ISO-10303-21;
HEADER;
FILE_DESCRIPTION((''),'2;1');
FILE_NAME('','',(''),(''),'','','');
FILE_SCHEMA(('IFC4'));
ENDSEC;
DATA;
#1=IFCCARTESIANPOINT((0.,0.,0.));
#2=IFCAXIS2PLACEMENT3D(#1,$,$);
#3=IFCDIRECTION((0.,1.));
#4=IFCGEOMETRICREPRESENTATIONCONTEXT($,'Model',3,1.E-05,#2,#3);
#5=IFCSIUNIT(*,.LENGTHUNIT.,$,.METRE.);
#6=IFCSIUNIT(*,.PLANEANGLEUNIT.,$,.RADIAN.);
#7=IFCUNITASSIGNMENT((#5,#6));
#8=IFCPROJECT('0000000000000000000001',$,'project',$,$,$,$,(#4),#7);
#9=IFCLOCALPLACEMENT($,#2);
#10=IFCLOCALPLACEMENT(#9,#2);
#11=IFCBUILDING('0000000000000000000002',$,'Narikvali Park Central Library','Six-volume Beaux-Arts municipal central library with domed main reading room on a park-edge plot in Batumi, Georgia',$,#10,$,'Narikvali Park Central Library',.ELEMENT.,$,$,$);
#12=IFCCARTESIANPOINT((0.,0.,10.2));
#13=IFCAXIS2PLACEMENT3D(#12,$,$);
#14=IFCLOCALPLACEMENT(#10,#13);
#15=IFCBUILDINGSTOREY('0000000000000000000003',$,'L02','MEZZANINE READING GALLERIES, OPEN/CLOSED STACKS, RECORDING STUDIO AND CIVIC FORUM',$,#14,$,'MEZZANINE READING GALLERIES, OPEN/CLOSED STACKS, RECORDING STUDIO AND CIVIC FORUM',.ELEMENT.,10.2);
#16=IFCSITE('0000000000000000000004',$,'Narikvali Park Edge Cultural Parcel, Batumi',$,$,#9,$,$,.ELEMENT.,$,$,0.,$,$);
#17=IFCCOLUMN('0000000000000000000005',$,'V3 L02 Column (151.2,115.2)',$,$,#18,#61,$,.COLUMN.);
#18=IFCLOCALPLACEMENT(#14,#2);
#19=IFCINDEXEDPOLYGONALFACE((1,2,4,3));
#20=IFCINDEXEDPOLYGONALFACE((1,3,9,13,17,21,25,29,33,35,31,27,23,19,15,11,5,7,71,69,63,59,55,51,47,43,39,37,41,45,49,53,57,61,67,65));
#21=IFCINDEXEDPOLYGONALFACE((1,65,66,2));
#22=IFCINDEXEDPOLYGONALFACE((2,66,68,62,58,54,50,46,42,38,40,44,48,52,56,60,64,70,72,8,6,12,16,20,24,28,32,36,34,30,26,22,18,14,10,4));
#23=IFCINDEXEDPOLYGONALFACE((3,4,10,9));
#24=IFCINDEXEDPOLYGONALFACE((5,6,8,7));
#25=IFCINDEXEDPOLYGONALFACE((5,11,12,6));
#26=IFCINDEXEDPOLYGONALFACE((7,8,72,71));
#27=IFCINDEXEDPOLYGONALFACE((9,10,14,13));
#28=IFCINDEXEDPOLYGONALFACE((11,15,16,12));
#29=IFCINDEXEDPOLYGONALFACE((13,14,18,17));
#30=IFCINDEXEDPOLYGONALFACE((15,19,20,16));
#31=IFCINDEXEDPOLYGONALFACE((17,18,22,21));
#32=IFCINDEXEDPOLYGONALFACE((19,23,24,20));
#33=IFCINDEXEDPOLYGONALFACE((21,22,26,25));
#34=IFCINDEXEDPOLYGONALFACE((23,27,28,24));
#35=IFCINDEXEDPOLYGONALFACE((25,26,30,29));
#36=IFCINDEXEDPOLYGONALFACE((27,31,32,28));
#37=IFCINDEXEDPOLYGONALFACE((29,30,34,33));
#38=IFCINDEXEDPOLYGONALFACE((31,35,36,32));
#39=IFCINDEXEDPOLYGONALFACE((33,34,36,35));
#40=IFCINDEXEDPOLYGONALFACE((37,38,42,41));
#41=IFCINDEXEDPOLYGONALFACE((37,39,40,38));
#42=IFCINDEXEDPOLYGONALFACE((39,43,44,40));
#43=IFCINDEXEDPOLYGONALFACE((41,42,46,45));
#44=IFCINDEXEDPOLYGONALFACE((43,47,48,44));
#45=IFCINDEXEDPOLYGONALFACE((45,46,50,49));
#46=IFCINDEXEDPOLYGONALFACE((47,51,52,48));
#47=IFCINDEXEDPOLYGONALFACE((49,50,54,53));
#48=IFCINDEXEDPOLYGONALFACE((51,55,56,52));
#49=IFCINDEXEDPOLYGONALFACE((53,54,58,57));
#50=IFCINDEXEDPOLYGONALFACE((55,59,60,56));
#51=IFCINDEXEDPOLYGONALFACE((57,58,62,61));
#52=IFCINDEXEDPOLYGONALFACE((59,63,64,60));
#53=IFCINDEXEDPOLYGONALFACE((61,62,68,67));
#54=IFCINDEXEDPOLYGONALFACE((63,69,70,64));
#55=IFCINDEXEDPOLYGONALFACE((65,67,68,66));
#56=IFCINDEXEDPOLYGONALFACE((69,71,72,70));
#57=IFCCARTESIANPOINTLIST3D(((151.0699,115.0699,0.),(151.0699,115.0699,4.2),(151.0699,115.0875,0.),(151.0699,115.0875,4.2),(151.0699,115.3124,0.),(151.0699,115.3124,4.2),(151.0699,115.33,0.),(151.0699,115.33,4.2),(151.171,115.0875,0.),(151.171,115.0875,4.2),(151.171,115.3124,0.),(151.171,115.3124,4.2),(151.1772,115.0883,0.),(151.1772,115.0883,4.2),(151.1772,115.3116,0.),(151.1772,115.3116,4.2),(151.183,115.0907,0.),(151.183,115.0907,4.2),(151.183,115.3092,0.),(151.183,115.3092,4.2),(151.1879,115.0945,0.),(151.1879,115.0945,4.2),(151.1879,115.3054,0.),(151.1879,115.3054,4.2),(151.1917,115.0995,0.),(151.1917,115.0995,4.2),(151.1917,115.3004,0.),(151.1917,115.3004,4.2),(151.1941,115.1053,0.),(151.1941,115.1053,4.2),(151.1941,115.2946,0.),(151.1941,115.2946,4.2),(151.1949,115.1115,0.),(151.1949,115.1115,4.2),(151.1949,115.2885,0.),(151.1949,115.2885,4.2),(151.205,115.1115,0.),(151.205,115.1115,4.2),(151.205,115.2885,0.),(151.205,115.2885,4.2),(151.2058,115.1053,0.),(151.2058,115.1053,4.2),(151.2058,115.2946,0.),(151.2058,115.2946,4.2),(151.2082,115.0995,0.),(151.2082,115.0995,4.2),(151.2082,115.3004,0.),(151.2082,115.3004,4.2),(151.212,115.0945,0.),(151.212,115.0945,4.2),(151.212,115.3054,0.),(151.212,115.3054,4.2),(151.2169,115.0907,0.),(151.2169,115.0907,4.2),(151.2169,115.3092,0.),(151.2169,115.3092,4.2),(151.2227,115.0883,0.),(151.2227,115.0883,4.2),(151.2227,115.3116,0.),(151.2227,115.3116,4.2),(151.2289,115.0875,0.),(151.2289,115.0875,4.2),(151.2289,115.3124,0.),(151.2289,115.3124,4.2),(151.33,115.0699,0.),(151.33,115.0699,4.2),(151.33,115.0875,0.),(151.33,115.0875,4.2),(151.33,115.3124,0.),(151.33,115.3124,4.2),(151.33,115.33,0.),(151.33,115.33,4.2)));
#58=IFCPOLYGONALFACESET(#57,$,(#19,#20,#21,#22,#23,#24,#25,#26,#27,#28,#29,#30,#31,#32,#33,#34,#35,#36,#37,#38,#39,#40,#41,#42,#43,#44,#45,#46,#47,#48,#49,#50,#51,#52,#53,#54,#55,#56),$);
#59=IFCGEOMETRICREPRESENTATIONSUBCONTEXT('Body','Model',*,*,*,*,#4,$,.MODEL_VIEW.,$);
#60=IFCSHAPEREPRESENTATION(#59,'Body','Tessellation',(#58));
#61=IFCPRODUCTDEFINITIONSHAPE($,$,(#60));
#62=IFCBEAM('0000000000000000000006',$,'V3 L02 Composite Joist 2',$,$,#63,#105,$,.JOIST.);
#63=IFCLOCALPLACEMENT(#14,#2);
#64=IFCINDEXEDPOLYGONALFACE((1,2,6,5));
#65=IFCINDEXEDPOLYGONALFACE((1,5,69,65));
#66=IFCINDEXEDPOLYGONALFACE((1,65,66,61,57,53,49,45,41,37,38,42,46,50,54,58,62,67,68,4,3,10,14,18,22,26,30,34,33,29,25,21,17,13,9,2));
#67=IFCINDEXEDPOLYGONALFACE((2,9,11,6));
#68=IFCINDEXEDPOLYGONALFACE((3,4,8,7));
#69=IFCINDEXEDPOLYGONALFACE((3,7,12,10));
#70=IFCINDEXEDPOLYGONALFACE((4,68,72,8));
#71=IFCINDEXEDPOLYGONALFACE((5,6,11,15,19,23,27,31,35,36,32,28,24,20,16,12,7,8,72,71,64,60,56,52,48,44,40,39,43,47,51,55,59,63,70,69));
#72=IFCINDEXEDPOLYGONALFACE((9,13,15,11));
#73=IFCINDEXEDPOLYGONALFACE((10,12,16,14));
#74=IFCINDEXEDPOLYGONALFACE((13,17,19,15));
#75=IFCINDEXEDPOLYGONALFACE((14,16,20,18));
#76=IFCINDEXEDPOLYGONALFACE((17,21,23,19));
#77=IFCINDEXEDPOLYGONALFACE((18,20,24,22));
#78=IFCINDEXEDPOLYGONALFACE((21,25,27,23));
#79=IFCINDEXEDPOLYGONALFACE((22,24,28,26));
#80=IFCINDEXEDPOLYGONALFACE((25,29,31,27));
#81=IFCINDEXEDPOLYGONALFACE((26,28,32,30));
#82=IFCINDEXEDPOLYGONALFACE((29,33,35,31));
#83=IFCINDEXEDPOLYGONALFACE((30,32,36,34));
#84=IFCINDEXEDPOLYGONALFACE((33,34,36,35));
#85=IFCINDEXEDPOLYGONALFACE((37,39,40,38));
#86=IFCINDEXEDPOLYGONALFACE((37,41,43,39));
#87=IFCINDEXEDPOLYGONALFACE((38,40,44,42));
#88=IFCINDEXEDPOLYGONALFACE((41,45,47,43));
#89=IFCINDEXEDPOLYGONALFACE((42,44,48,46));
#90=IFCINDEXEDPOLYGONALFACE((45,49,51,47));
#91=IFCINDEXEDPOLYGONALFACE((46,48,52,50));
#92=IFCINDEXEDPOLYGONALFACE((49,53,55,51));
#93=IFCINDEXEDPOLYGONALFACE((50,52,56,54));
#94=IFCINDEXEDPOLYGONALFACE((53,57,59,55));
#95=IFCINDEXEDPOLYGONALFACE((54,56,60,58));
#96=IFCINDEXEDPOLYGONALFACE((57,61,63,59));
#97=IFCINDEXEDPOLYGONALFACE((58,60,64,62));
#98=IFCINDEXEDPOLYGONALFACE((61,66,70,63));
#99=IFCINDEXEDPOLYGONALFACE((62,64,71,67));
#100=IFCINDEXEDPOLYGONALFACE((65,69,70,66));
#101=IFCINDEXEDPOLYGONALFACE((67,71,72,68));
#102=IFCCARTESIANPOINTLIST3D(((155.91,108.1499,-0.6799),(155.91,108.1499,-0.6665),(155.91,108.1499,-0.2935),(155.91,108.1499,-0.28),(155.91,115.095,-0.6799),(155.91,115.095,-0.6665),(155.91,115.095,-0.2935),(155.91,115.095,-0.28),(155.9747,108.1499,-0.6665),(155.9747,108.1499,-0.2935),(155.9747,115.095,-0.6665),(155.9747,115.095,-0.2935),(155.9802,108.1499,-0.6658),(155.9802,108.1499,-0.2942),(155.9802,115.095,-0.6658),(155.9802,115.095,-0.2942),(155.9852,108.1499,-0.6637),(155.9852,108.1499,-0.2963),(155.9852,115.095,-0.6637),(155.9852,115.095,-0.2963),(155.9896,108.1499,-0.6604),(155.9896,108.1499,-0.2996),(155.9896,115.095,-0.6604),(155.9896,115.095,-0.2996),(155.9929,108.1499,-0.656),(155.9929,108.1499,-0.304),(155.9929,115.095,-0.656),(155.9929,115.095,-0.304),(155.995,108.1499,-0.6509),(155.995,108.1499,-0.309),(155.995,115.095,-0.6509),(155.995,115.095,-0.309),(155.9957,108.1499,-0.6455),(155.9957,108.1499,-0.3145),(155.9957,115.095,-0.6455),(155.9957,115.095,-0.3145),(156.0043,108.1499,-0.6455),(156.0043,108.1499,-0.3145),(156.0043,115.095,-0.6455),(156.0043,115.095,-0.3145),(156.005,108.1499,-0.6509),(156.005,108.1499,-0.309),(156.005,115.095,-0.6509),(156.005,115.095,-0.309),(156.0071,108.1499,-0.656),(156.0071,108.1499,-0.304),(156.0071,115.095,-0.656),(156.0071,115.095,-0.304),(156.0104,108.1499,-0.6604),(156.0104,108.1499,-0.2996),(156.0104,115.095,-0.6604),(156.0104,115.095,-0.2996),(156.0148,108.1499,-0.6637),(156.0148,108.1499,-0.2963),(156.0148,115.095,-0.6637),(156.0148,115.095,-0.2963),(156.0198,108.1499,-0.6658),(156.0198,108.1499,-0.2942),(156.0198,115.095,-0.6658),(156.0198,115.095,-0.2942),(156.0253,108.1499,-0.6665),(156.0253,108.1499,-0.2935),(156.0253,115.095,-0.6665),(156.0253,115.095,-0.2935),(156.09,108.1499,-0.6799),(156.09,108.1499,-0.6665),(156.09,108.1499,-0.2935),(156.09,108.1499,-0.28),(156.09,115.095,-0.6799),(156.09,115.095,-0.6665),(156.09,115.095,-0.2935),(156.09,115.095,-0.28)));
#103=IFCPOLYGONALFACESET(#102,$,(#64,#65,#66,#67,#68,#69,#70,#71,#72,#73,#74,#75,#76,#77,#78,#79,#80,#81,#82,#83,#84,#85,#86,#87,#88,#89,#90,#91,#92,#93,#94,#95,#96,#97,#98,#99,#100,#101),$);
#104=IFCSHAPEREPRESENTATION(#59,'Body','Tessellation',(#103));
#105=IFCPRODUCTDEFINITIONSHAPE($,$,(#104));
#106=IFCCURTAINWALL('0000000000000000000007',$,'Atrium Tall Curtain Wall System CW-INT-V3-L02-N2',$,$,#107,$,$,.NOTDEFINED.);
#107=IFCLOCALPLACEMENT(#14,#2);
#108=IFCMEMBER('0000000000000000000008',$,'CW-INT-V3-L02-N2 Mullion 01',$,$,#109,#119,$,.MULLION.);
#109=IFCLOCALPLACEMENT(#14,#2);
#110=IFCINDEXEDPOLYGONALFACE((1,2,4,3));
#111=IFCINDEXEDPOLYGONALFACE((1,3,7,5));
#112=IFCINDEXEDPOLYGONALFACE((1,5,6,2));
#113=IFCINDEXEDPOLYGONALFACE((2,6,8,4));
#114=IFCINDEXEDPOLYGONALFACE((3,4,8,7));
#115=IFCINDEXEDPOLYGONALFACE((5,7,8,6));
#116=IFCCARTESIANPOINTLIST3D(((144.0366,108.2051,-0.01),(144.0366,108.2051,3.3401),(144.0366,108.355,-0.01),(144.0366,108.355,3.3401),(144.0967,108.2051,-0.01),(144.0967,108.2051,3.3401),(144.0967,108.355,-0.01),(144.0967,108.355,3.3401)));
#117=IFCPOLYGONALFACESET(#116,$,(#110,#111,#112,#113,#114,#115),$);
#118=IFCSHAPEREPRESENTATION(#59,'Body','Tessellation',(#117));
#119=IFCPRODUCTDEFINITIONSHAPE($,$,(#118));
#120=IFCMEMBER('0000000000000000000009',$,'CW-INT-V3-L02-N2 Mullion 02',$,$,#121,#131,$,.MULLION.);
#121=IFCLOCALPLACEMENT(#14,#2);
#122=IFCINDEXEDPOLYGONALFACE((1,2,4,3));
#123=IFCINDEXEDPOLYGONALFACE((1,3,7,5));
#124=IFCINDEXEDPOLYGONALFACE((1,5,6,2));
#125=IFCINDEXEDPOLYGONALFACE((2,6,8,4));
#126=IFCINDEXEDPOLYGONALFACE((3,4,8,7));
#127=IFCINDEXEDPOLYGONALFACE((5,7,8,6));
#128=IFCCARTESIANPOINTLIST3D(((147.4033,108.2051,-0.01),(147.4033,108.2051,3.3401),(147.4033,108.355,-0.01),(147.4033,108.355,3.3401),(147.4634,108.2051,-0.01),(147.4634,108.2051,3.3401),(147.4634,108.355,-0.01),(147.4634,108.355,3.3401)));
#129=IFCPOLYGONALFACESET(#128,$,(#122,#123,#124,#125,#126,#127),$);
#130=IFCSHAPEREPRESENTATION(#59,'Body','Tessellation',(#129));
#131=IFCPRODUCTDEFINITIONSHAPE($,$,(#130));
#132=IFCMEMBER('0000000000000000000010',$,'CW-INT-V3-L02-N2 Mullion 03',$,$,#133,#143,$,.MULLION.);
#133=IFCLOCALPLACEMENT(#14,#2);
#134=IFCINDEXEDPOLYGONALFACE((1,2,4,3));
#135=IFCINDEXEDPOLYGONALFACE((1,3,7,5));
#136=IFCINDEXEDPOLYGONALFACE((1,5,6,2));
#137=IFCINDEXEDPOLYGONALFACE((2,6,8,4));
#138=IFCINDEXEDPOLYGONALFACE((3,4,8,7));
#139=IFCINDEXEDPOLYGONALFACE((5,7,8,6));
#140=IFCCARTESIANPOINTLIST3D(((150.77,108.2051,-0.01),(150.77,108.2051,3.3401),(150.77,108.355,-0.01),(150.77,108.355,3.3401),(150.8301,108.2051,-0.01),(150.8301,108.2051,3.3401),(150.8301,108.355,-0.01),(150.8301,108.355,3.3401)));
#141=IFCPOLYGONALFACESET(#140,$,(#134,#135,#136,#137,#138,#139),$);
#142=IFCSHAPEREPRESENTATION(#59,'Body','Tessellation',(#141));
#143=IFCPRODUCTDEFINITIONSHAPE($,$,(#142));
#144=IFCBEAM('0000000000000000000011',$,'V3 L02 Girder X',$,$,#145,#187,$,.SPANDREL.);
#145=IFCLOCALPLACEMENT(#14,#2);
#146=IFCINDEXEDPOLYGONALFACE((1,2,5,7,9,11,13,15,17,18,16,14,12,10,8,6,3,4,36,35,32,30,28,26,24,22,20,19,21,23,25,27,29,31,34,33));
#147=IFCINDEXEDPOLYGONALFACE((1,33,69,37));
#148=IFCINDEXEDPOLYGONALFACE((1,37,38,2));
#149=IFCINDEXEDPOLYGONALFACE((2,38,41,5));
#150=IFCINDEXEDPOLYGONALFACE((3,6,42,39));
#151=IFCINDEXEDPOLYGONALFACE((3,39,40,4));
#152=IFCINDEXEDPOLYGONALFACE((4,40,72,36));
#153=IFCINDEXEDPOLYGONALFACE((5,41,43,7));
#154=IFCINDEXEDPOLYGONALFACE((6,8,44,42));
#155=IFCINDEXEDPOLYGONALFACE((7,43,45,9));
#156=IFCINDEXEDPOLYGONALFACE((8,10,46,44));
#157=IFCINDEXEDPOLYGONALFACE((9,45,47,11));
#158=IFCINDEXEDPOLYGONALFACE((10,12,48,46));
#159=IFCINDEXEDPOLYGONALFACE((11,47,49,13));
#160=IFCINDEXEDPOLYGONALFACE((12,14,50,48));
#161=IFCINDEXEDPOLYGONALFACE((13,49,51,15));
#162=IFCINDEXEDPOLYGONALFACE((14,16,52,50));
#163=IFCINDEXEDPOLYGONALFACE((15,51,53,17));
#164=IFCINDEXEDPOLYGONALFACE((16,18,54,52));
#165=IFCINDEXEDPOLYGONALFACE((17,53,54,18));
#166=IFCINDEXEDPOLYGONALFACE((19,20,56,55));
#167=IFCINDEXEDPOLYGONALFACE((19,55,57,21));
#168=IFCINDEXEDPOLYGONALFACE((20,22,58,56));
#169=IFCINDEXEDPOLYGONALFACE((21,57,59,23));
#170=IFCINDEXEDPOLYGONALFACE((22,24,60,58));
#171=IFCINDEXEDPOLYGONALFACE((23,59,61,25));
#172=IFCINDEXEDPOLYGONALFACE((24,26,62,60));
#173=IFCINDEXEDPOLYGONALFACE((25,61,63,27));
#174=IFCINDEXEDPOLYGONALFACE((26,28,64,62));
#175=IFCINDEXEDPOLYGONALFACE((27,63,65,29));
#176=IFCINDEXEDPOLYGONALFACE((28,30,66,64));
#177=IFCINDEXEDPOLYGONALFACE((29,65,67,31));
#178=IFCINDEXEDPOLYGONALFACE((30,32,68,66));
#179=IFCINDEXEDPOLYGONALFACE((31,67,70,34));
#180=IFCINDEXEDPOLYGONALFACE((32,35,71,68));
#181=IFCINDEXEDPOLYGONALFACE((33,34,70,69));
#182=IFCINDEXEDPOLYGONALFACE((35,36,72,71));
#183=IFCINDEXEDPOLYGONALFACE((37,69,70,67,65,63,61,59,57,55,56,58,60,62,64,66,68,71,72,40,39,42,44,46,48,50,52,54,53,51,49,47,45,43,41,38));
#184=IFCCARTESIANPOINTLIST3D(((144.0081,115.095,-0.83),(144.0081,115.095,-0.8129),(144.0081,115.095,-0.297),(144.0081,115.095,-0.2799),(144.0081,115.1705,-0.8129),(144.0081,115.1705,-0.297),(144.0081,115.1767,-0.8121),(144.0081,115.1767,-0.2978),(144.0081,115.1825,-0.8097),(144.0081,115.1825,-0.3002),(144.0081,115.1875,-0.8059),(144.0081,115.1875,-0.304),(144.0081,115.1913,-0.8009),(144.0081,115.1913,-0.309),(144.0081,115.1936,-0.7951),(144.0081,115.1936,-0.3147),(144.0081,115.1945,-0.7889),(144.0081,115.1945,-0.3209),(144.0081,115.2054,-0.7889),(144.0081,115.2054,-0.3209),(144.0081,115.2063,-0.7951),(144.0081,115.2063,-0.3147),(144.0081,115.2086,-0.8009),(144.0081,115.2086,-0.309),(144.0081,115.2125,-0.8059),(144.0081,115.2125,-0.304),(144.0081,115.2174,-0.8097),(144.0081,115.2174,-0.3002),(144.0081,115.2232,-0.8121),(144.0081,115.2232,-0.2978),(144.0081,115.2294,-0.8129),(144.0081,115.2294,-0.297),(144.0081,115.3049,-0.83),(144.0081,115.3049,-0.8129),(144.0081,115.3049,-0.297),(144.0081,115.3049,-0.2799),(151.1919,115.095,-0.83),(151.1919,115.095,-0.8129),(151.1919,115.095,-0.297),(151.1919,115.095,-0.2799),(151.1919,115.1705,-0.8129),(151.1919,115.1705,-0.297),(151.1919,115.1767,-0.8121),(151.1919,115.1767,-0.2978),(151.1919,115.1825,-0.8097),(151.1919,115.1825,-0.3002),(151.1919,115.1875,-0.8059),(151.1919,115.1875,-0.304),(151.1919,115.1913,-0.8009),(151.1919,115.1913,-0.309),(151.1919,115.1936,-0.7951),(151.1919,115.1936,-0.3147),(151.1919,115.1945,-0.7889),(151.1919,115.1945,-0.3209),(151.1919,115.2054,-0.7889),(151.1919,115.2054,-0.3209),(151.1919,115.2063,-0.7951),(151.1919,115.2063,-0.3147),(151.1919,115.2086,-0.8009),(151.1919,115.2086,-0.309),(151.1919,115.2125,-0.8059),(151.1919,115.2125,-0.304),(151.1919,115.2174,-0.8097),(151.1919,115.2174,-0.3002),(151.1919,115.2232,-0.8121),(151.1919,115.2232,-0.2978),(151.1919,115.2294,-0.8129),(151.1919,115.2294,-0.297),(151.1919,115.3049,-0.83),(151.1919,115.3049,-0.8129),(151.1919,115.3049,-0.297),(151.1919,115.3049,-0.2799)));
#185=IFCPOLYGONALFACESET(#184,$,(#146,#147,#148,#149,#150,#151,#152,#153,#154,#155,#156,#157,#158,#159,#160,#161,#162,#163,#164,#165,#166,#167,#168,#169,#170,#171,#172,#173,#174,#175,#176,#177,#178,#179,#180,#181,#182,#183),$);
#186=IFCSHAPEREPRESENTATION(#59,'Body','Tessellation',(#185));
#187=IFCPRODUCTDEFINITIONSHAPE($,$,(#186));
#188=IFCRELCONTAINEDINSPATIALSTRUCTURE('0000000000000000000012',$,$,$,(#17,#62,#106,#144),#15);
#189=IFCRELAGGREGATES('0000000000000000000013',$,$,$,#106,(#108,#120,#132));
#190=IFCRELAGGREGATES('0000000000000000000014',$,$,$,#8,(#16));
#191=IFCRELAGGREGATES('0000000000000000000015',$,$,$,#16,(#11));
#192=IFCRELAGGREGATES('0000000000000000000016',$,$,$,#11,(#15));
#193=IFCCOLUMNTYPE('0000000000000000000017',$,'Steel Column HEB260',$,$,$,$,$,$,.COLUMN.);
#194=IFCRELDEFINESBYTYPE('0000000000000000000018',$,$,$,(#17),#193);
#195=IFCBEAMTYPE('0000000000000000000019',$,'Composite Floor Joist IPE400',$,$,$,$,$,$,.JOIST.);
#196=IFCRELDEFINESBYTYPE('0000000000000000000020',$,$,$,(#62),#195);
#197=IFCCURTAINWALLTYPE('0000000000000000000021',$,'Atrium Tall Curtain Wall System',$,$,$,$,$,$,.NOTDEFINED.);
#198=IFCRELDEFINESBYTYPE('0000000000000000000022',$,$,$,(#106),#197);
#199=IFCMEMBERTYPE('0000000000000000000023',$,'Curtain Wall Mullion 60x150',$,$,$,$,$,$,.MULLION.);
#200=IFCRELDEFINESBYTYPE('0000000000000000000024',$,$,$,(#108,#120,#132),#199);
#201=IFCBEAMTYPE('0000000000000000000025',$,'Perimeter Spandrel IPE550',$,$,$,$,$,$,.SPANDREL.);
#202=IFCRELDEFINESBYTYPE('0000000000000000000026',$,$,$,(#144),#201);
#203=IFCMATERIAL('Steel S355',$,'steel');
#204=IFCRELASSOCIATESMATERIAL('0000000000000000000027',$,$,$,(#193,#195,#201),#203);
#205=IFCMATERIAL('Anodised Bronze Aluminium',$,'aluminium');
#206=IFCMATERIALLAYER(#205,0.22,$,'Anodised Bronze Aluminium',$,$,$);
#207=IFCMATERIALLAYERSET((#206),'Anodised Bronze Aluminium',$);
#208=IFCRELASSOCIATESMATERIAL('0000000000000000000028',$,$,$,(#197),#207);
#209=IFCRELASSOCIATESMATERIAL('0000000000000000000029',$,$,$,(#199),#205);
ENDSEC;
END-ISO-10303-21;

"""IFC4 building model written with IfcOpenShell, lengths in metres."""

from ifc_helpers import new_model, si_unit, direction, frame, origin, origin_2d, place, context, subcontext, project, spatial, rectangle, i_section, extrude, material, layer, layer_set, material_profile, profile_set, type_object, element, aggregate, save


model = new_model("IFC4")

# Units and contexts
model_context = context("Model", 3, precision=1e-05, world=origin(), true_north=direction((0.0, 1.0)))
body_context = subcontext(model_context, "Body", "Model", "MODEL_VIEW")
ifc_project = project(units=[si_unit("LENGTHUNIT", "METRE"), si_unit("PLANEANGLEUNIT", "RADIAN")], contexts=[model_context])

# Site, building, storey
site_placement = place(None, origin())
site = spatial("IfcSite", under=ifc_project, at=site_placement, Name="Narikvali Park Edge Cultural Parcel, Batumi", CompositionType="ELEMENT", RefElevation=0.0)
building_placement = place(site_placement, origin())
building = spatial("IfcBuilding", under=site, at=building_placement, Name="Narikvali Park Central Library", Description="Six-volume Beaux-Arts municipal central library with domed main reading room on a park-edge plot in Batumi, Georgia", LongName="Narikvali Park Central Library", CompositionType="ELEMENT")
storey_placement = place(building_placement, frame((0.0, 0.0, 10.2)))
storey = spatial("IfcBuildingStorey", under=building, at=storey_placement, Name="L02", Description="MEZZANINE READING GALLERIES, OPEN/CLOSED STACKS, RECORDING STUDIO AND CIVIC FORUM", LongName="MEZZANINE READING GALLERIES, OPEN/CLOSED STACKS, RECORDING STUDIO AND CIVIC FORUM", CompositionType="ELEMENT", Elevation=10.2)

# Column
ifc_material_1 = material(Name="Steel S355", Category="steel")
ifc_material_profile_1 = material_profile(ifc_material_1, i_section(OverallWidth=0.26, OverallDepth=0.26, WebThickness=0.01, FlangeThickness=0.0176, FilletRadius=0.0239, at=origin_2d()), Name="HEB 260")
ifc_profile_set_1 = profile_set([ifc_material_profile_1], Name="Steel S355")
column_type = type_object("IfcColumnType", Name="Steel Column HEB260", PredefinedType="COLUMN", material=ifc_profile_set_1)
column_placement = place(storey_placement, frame((151.2, 115.2, 0.0), z_axis=(0.0, 0.0, 1.0), x_axis=(1.0, 0.0, 0.0)))
element("IfcColumn", 1, at=column_placement, inside=storey, type_object=column_type, Name="V3 L02 Column (151.2,115.2)", PredefinedType="COLUMN", context=body_context, shape_type="SweptSolid", body=[
    extrude(i_section(OverallWidth=0.26, OverallDepth=0.26, WebThickness=0.01, FlangeThickness=0.0176, FilletRadius=0.0239, at=origin_2d()), origin(), (0.0, 0.0, 1.0), 4.2),
])

# Beam
ifc_material_profile_2 = material_profile(ifc_material_1, i_section(OverallWidth=0.1799, OverallDepth=0.3999, WebThickness=0.0085, FlangeThickness=0.0134, FilletRadius=0.021, at=origin_2d()), Name="IPE 400")
ifc_profile_set_2 = profile_set([ifc_material_profile_2], Name="Steel S355")
beam_type_1 = type_object("IfcBeamType", Name="Composite Floor Joist IPE400", PredefinedType="JOIST", material=ifc_profile_set_2)
beam_1_placement = place(storey_placement, frame((156.0, 108.1499, -0.48), z_axis=(0.0, 1.0, 0.0), x_axis=(-1.0, 0.0, 0.0)))
element("IfcBeam", 2, at=beam_1_placement, inside=storey, type_object=beam_type_1, Name="V3 L02 Composite Joist 2", PredefinedType="JOIST", context=body_context, shape_type="SweptSolid", body=[
    extrude(i_section(OverallWidth=0.1799, OverallDepth=0.3999, WebThickness=0.0085, FlangeThickness=0.0134, FilletRadius=0.021, at=origin_2d()), origin(), (0.0, 0.0, 1.0), 6.9451),
])

# Curtain wall, members
ifc_material_2 = material(Name="Anodised Bronze Aluminium", Category="aluminium")
ifc_layer_1 = layer(ifc_material_2, 0.22, Name="Anodised Bronze Aluminium")
ifc_layer_set_1 = layer_set([ifc_layer_1], Name="Anodised Bronze Aluminium")
curtain_wall_type = type_object("IfcCurtainWallType", Name="Atrium Tall Curtain Wall System", PredefinedType="NOTDEFINED", material=ifc_layer_set_1)
curtain_wall_placement = place(storey_placement, origin())
curtain_wall = element("IfcCurtainWall", 3, at=curtain_wall_placement, inside=storey, type_object=curtain_wall_type, Name="Atrium Tall Curtain Wall System CW-INT-V3-L02-N2", PredefinedType="NOTDEFINED")
ifc_material_profile_3 = material_profile(ifc_material_2, rectangle(XDim=0.0601, YDim=0.1499, at=origin_2d()), Name="CW MULLION 60x150")
ifc_profile_set_3 = profile_set([ifc_material_profile_3], Name="Anodised Bronze Aluminium")
member_type = type_object("IfcMemberType", Name="Curtain Wall Mullion 60x150", PredefinedType="MULLION", material=ifc_profile_set_3)
member_1_placement = place(storey_placement, frame((144.0667, 108.28, -0.01), z_axis=(0.0, 0.0, 1.0), x_axis=(1.0, 0.0, 0.0)))
member_1 = element("IfcMember", 4, at=member_1_placement, type_object=member_type, Name="CW-INT-V3-L02-N2 Mullion 01", PredefinedType="MULLION", context=body_context, shape_type="SweptSolid", body=[
    extrude(rectangle(XDim=0.0601, YDim=0.1499, at=origin_2d()), origin(), (0.0, 0.0, 1.0), 3.3501),
])
member_2_placement = place(storey_placement, frame((147.4333, 108.28, -0.01), z_axis=(0.0, 0.0, 1.0), x_axis=(1.0, 0.0, 0.0)))
member_2 = element("IfcMember", 5, at=member_2_placement, type_object=member_type, Name="CW-INT-V3-L02-N2 Mullion 02", PredefinedType="MULLION", context=body_context, shape_type="SweptSolid", body=[
    extrude(rectangle(XDim=0.0601, YDim=0.1499, at=origin_2d()), origin(), (0.0, 0.0, 1.0), 3.3501),
])
member_3_placement = place(storey_placement, frame((150.8, 108.28, -0.01), z_axis=(0.0, 0.0, 1.0), x_axis=(1.0, 0.0, 0.0)))
member_3 = element("IfcMember", 6, at=member_3_placement, type_object=member_type, Name="CW-INT-V3-L02-N2 Mullion 03", PredefinedType="MULLION", context=body_context, shape_type="SweptSolid", body=[
    extrude(rectangle(XDim=0.0601, YDim=0.1499, at=origin_2d()), origin(), (0.0, 0.0, 1.0), 3.3501),
])

# Beam
ifc_material_profile_4 = material_profile(ifc_material_1, i_section(OverallWidth=0.21, OverallDepth=0.55, WebThickness=0.011, FlangeThickness=0.0171, FilletRadius=0.0239, at=origin_2d()), Name="IPE 550")
ifc_profile_set_4 = profile_set([ifc_material_profile_4], Name="Steel S355")
beam_type_2 = type_object("IfcBeamType", Name="Perimeter Spandrel IPE550", PredefinedType="SPANDREL", material=ifc_profile_set_4)
beam_2_placement = place(storey_placement, frame((144.0081, 115.2, -0.5549), z_axis=(1.0, 0.0, 0.0), x_axis=(0.0, 1.0, 0.0)))
element("IfcBeam", 7, at=beam_2_placement, inside=storey, type_object=beam_type_2, Name="V3 L02 Girder X", PredefinedType="SPANDREL", context=body_context, shape_type="SweptSolid", body=[
    extrude(i_section(OverallWidth=0.21, OverallDepth=0.55, WebThickness=0.011, FlangeThickness=0.0171, FilletRadius=0.0239, at=origin_2d()), origin(), (0.0, 0.0, 1.0), 7.1838),
])

aggregate(curtain_wall, [member_1, member_2, member_3])

save(model, "model.ifc")
